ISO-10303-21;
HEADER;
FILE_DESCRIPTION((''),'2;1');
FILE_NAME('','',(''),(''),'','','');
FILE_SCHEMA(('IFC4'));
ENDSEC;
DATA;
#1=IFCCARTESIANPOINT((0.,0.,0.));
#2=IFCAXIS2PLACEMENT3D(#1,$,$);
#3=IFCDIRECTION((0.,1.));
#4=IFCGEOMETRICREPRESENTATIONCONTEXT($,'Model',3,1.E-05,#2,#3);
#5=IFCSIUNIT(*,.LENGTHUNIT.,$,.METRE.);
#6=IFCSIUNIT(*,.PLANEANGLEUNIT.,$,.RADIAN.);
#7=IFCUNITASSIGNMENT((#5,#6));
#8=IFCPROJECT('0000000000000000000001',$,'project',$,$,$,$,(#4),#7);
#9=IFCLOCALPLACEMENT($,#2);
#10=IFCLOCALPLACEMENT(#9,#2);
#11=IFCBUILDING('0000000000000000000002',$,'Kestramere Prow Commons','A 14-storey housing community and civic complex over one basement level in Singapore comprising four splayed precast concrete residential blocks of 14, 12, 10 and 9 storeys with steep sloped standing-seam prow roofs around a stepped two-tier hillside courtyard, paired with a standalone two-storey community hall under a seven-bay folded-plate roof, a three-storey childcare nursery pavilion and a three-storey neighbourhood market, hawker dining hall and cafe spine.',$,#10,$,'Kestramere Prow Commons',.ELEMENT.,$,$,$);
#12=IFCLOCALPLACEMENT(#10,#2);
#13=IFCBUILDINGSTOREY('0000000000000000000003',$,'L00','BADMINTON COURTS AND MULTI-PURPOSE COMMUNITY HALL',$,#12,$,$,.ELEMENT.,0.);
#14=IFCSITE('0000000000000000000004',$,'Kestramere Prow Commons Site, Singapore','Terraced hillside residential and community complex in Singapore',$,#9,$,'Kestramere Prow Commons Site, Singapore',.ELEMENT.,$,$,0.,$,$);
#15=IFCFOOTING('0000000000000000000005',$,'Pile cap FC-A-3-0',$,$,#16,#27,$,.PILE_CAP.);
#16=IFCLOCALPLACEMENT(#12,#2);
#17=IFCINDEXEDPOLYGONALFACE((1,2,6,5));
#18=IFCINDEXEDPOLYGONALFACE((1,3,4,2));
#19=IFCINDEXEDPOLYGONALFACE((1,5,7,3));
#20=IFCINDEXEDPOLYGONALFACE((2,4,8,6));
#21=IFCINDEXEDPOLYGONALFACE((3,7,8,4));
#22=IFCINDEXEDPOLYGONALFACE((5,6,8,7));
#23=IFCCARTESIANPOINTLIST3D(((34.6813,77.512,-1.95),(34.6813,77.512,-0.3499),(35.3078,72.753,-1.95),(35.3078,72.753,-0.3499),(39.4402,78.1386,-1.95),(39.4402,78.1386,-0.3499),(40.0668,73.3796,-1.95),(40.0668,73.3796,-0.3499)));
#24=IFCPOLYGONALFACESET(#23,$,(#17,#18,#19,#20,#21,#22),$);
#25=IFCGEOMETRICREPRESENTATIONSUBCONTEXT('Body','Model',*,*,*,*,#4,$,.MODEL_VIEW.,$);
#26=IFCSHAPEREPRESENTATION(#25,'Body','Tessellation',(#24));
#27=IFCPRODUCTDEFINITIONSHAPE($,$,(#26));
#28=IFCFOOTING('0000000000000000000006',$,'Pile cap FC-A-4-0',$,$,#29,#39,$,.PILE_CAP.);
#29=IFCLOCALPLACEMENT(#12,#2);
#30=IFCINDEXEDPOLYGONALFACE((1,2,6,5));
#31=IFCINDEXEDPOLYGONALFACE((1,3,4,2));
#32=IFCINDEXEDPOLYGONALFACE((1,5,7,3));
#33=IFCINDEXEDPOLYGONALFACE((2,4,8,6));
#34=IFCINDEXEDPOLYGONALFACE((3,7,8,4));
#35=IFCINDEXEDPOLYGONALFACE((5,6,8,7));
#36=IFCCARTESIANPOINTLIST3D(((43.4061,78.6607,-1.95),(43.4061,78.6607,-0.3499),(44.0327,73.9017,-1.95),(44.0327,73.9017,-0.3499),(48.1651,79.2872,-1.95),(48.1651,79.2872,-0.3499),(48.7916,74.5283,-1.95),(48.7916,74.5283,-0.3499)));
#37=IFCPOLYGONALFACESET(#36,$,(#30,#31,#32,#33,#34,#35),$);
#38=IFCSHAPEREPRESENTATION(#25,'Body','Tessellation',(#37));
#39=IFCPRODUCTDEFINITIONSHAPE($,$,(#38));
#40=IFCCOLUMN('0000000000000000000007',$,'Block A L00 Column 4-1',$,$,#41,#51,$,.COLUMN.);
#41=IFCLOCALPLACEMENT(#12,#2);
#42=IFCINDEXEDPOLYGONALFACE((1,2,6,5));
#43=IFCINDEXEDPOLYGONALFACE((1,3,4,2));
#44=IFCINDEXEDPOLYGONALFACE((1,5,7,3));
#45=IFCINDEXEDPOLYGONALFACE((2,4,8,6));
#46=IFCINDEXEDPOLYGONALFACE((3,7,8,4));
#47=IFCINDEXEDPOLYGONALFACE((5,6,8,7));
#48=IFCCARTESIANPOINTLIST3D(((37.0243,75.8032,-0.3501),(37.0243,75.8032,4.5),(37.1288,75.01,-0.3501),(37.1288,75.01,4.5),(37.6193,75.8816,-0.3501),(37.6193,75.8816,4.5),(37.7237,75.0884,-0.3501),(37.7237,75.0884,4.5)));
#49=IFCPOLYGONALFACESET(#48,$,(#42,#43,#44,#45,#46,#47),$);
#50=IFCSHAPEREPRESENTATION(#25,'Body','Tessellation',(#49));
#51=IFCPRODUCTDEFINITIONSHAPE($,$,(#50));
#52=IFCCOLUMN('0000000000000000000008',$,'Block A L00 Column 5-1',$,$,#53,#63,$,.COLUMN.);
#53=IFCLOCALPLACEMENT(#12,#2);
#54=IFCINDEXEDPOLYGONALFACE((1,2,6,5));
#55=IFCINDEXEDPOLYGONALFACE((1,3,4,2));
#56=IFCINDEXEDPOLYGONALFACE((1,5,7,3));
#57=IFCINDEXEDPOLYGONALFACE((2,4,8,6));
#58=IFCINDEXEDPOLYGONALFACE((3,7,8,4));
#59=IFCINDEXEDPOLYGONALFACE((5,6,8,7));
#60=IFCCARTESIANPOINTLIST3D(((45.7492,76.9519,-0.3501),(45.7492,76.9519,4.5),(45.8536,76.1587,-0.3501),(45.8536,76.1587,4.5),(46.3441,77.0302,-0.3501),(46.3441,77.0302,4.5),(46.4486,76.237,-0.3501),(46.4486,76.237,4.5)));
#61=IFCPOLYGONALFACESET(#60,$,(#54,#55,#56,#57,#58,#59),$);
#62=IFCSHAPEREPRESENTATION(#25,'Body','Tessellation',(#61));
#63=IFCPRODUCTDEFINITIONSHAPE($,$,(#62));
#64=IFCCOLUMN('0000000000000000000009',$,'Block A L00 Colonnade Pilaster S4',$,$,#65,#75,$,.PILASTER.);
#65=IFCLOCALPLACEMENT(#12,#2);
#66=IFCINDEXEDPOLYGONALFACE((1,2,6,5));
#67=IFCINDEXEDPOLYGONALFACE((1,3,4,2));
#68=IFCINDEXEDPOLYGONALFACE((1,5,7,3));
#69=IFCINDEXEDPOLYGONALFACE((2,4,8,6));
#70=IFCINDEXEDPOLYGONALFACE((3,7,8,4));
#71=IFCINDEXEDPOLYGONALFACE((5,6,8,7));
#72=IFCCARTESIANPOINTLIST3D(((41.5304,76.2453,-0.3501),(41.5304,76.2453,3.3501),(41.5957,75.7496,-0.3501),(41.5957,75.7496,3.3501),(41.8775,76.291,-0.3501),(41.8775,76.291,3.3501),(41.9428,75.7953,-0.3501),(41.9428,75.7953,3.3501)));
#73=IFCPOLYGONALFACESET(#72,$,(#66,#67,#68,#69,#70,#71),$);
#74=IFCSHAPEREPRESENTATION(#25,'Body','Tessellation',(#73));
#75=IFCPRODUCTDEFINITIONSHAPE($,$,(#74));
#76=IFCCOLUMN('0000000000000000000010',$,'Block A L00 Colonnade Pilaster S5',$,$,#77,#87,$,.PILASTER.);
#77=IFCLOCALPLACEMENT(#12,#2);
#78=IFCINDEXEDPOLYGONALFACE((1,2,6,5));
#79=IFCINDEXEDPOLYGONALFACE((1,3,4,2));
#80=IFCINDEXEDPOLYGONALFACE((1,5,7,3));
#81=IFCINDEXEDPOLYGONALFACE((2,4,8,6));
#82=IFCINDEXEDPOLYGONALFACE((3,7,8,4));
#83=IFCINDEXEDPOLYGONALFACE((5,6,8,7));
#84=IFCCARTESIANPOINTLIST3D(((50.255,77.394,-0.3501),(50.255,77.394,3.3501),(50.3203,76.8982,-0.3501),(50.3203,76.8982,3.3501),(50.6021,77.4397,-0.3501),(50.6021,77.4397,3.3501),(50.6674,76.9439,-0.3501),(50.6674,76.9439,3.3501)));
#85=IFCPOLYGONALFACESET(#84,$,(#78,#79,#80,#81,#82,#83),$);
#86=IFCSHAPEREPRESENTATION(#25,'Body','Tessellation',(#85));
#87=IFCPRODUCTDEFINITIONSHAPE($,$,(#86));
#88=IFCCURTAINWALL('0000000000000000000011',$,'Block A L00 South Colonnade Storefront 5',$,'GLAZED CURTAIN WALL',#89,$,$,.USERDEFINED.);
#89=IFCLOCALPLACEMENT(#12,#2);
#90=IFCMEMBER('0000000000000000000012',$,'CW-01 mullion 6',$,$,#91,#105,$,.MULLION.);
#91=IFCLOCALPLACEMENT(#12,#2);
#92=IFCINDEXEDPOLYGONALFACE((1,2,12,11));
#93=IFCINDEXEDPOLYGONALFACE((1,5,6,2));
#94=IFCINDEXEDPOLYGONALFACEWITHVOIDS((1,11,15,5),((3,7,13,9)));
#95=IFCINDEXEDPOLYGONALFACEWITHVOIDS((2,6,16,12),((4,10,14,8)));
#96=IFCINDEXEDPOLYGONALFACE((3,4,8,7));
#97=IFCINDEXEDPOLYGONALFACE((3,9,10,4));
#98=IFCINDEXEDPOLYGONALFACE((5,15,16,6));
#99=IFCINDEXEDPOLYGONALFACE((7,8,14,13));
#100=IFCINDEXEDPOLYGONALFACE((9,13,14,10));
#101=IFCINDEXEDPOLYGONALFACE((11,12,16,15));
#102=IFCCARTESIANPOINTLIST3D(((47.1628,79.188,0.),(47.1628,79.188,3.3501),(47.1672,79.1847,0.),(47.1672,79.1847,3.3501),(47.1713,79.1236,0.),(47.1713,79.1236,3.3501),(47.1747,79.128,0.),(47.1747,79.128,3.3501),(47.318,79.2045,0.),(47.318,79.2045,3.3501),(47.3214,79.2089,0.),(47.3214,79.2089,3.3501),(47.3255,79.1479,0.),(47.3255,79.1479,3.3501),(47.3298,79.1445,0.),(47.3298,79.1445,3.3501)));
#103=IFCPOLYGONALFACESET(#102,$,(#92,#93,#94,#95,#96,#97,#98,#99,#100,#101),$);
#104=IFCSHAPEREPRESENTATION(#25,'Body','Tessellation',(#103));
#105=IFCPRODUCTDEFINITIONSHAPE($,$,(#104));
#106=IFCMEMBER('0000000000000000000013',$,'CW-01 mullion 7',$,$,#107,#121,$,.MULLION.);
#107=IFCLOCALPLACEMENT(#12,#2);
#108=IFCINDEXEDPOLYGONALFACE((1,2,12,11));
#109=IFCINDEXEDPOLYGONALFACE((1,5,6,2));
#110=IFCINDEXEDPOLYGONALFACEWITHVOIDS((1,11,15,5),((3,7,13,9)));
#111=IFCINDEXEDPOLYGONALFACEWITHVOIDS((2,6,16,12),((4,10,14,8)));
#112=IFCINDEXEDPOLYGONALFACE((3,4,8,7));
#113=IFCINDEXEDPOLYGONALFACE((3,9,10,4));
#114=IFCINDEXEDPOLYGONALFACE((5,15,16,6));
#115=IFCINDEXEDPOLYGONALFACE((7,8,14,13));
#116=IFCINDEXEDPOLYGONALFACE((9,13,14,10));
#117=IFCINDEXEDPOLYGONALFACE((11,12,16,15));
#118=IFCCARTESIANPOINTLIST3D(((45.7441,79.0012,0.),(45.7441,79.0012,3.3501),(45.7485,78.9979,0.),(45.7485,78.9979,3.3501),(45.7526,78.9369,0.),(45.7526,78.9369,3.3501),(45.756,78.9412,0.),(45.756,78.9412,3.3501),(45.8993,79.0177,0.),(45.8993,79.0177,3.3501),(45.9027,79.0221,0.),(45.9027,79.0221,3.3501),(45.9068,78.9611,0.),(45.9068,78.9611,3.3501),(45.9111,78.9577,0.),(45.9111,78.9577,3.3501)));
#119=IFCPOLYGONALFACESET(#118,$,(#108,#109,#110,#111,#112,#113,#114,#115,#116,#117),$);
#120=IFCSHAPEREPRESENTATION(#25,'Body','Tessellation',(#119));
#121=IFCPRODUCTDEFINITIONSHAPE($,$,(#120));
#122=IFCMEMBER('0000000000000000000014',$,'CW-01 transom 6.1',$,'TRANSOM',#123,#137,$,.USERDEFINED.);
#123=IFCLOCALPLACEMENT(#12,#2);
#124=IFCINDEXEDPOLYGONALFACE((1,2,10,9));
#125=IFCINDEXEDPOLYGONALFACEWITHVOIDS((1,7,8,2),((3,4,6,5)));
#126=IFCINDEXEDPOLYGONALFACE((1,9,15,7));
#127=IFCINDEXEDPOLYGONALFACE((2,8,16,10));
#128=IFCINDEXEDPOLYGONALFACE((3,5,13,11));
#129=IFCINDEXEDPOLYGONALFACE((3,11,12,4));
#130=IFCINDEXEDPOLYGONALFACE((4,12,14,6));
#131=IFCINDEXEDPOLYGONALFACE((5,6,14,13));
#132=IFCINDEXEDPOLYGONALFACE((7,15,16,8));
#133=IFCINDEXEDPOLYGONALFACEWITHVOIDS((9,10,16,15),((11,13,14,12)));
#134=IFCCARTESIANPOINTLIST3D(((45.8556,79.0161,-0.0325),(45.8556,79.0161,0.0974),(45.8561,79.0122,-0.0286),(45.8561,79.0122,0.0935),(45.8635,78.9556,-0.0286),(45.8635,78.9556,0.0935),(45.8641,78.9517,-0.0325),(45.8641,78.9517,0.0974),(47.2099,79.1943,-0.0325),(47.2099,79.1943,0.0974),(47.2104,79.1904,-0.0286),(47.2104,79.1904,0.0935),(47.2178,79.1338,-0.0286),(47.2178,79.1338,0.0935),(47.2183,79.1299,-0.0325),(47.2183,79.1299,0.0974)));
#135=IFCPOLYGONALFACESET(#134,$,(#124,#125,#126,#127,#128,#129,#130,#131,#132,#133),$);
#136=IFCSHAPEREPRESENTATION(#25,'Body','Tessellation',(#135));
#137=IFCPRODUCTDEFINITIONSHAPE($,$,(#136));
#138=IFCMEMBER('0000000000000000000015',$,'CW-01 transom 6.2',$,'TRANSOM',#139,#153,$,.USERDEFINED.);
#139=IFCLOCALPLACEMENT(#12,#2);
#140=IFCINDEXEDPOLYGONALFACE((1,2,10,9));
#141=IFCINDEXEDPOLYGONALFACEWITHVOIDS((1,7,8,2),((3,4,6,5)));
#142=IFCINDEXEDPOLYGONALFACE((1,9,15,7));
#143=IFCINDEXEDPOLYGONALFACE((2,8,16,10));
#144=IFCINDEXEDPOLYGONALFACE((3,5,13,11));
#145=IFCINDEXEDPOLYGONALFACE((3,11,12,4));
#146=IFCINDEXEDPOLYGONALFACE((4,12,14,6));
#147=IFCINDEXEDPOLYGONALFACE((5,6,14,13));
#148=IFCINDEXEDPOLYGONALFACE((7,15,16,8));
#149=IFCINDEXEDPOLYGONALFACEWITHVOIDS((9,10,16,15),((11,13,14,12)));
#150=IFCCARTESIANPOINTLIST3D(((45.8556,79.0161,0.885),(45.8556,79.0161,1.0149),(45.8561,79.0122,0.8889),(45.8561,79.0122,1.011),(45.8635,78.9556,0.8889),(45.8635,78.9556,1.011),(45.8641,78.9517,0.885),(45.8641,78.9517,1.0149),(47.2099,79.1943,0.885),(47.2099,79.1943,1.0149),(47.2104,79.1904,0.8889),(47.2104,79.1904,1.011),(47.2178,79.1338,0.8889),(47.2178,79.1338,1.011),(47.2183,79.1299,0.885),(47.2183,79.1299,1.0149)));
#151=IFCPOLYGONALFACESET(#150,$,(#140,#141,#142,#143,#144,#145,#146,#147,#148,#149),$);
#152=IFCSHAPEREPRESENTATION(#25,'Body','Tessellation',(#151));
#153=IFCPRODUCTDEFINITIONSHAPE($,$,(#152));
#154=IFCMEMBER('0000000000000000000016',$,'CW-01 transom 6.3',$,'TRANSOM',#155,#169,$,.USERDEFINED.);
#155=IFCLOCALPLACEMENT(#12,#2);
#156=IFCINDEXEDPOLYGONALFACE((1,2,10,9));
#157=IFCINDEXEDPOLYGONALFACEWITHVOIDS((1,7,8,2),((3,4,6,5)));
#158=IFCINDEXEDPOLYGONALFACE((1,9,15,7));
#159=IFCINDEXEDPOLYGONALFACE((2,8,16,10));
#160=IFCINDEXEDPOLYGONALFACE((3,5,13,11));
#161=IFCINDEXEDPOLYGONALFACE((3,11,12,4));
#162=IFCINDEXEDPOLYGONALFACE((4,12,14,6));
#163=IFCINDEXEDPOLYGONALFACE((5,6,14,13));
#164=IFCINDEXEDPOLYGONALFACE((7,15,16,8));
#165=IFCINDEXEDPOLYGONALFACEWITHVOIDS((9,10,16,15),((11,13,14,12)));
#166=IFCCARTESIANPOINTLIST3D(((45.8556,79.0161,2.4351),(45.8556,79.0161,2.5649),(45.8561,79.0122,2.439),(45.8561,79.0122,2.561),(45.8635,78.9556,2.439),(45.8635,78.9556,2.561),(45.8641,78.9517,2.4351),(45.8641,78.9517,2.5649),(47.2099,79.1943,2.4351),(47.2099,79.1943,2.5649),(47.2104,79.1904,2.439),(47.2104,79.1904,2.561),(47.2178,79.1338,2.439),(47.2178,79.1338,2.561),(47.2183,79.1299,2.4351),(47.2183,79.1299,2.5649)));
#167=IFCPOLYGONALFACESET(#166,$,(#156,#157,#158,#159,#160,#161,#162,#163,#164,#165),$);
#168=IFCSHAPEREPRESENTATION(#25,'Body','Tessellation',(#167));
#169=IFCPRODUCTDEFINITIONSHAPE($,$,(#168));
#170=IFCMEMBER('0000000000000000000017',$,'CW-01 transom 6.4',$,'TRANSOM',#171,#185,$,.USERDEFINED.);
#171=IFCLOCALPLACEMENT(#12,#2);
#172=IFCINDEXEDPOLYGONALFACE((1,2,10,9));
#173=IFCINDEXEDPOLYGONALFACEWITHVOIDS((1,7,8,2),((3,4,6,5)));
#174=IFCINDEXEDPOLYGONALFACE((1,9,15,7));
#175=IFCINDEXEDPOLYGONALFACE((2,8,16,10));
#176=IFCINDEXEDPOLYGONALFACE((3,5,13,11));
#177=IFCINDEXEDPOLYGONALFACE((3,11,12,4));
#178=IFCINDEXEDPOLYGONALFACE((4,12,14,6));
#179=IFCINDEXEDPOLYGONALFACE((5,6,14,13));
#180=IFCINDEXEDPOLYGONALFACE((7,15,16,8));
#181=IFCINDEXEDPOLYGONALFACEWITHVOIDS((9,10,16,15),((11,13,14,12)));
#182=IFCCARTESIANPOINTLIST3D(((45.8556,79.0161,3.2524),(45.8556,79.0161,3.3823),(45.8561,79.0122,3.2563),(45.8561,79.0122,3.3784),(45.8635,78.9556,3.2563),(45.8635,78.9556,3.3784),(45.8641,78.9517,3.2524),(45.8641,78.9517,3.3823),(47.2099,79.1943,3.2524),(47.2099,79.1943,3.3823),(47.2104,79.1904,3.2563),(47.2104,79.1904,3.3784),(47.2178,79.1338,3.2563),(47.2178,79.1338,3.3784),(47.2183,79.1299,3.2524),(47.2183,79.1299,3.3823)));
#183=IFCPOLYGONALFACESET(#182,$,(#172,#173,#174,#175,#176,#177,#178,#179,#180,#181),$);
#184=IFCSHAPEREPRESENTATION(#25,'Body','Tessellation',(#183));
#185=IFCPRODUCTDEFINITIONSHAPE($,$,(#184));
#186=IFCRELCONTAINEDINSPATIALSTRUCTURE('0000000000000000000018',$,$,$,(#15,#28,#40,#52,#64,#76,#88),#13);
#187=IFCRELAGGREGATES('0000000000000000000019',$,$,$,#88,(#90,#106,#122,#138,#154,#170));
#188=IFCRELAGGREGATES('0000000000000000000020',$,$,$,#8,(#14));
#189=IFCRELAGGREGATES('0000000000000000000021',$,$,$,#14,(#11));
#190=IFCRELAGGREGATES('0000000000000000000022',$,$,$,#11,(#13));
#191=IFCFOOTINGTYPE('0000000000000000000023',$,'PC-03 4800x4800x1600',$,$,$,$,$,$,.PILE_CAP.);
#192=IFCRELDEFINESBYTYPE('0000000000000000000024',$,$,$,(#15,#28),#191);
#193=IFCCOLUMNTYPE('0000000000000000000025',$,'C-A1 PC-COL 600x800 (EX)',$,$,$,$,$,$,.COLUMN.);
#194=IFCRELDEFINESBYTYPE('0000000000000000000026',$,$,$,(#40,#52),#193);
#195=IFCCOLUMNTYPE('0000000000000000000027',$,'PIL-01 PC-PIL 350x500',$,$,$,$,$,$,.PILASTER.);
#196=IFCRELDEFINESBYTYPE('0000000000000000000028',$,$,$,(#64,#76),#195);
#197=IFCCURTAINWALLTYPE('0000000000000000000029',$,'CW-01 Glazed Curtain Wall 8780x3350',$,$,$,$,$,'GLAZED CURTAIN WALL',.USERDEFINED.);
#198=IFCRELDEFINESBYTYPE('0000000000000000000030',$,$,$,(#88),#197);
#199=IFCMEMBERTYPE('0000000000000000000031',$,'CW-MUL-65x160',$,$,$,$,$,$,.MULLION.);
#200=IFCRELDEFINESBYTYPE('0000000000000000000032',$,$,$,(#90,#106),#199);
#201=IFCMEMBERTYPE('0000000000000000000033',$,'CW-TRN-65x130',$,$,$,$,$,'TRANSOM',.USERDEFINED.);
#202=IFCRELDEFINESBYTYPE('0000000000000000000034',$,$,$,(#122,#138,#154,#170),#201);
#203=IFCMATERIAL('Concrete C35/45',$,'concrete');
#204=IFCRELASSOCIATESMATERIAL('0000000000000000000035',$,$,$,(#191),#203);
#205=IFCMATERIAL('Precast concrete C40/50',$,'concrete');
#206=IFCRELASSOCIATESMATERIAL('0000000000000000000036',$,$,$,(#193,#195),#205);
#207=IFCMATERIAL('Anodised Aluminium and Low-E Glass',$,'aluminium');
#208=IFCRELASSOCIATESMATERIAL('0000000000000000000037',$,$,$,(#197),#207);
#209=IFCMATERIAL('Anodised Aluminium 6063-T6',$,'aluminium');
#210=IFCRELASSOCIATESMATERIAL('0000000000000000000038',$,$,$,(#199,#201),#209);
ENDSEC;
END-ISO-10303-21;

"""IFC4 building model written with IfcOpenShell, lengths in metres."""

from ifc_helpers import new_model, si_unit, direction, frame, origin, origin_2d, place, context, subcontext, project, spatial, rectangle, hollow_rectangle, extrude, material, material_profile, profile_set, type_object, element, aggregate, save


model = new_model("IFC4")

# Units and contexts
model_context = context("Model", 3, precision=1e-05, world=origin(), true_north=direction((0.0, 1.0)))
body_context = subcontext(model_context, "Body", "Model", "MODEL_VIEW")
ifc_project = project(units=[si_unit("LENGTHUNIT", "METRE"), si_unit("PLANEANGLEUNIT", "RADIAN")], contexts=[model_context])

# Site, building, storey
site_placement = place(None, origin())
site = spatial("IfcSite", under=ifc_project, at=site_placement, Name="Kestramere Prow Commons Site, Singapore", Description="Terraced hillside residential and community complex in Singapore", LongName="Kestramere Prow Commons Site, Singapore", CompositionType="ELEMENT", RefElevation=0.0)
building_placement = place(site_placement, origin())
building = spatial("IfcBuilding", under=site, at=building_placement, Name="Kestramere Prow Commons", Description="A 14-storey housing community and civic complex over one basement level in Singapore comprising four splayed precast concrete residential blocks of 14, 12, 10 and 9 storeys with steep sloped standing-seam prow roofs around a stepped two-tier hillside courtyard, paired with a standalone two-storey community hall under a seven-bay folded-plate roof, a three-storey childcare nursery pavilion and a three-storey neighbourhood market, hawker dining hall and cafe spine.", LongName="Kestramere Prow Commons", CompositionType="ELEMENT")
storey_placement = place(building_placement, origin())
storey = spatial("IfcBuildingStorey", under=building, at=storey_placement, Name="L00", Description="BADMINTON COURTS AND MULTI-PURPOSE COMMUNITY HALL", CompositionType="ELEMENT", Elevation=0.0)

# Shared definitions
ifc_material_1 = material(Name="Concrete C35/45", Category="concrete")

# Footings
footing_type_1 = type_object("IfcFootingType", Name="PC-03 4800x4800x1600", PredefinedType="PILE_CAP", material=ifc_material_1)
for number, where, z_axis, x_axis, name in (
    (1, (37.374, 75.4458, -1.95), (0.0, 0.0, 1.0), (0.991445, 0.130526, 0.0), "Pile cap FC-A-3-0"),
    (2, (46.0989, 76.5945, -1.95), (0.0, 0.0, 1.0), (0.991445, 0.130526, 0.0), "Pile cap FC-A-4-0"),
):
    element("IfcFooting", number, at=place(storey_placement, frame(where, z_axis=z_axis, x_axis=x_axis)), inside=storey, type_object=footing_type_1, Name=name, PredefinedType="PILE_CAP", context=body_context, shape_type="SweptSolid", body=[
        extrude(rectangle(XDim=4.8, YDim=4.8, at=origin_2d()), origin(), (0.0, 0.0, 1.0), 1.6001),
    ])

# Columns
ifc_material_2 = material(Name="Precast concrete C40/50", Category="concrete")
ifc_material_profile_1 = material_profile(ifc_material_2, rectangle(XDim=0.6001, YDim=0.8, at=origin_2d()), Name="PC-COL 600x800")
ifc_profile_set_1 = profile_set([ifc_material_profile_1], Name="Precast concrete C40/50")
column_type_1 = type_object("IfcColumnType", Name="C-A1 PC-COL 600x800 (EX)", PredefinedType="COLUMN", material=ifc_profile_set_1)
for number, where, z_axis, x_axis, name in (
    (3, (37.374, 75.4458, -0.3501), (0.0, 0.0, 1.0), (0.991445, 0.130526, 0.0), "Block A L00 Column 4-1"),
    (4, (46.0989, 76.5945, -0.3501), (0.0, 0.0, 1.0), (0.991445, 0.130526, 0.0), "Block A L00 Column 5-1"),
):
    element("IfcColumn", number, at=place(storey_placement, frame(where, z_axis=z_axis, x_axis=x_axis)), inside=storey, type_object=column_type_1, Name=name, PredefinedType="COLUMN", context=body_context, shape_type="SweptSolid", body=[
        extrude(rectangle(XDim=0.6001, YDim=0.8, at=origin_2d()), origin(), (0.0, 0.0, 1.0), 4.8501),
    ])
ifc_material_profile_2 = material_profile(ifc_material_2, rectangle(XDim=0.3501, YDim=0.5, at=origin_2d()), Name="PC-PIL 350x500")
ifc_profile_set_2 = profile_set([ifc_material_profile_2], Name="Precast concrete C40/50")
column_type_2 = type_object("IfcColumnType", Name="PIL-01 PC-PIL 350x500", PredefinedType="PILASTER", material=ifc_profile_set_2)
for number, where, z_axis, x_axis, name in (
    (5, (41.7366, 76.0203, -0.3501), (0.0, 0.0, 1.0), (0.991445, 0.130526, 0.0), "Block A L00 Colonnade Pilaster S4"),
    (6, (50.4612, 77.1689, -0.3501), (0.0, 0.0, 1.0), (0.991445, 0.130526, 0.0), "Block A L00 Colonnade Pilaster S5"),
):
    element("IfcColumn", number, at=place(storey_placement, frame(where, z_axis=z_axis, x_axis=x_axis)), inside=storey, type_object=column_type_2, Name=name, PredefinedType="PILASTER", context=body_context, shape_type="SweptSolid", body=[
        extrude(rectangle(XDim=0.3501, YDim=0.5, at=origin_2d()), origin(), (0.0, 0.0, 1.0), 3.7002),
    ])

# Curtain wall, members
ifc_material_3 = material(Name="Anodised Aluminium and Low-E Glass", Category="aluminium")
curtain_wall_type = type_object("IfcCurtainWallType", Name="CW-01 Glazed Curtain Wall 8780x3350", ElementType="GLAZED CURTAIN WALL", PredefinedType="USERDEFINED", material=ifc_material_3)
curtain_wall_placement = place(storey_placement, origin())
curtain_wall = element("IfcCurtainWall", 7, at=curtain_wall_placement, inside=storey, type_object=curtain_wall_type, Name="Block A L00 South Colonnade Storefront 5", ObjectType="GLAZED CURTAIN WALL", PredefinedType="USERDEFINED")
ifc_material_4 = material(Name="Anodised Aluminium 6063-T6", Category="aluminium")
ifc_material_profile_3 = material_profile(ifc_material_4, hollow_rectangle(XDim=0.0649, YDim=0.1599, WallThickness=0.0039, at=origin_2d()), Name="ALU-MUL 65x160")
ifc_profile_set_3 = profile_set([ifc_material_profile_3], Name="Anodised Aluminium 6063-T6")
member_type_1 = type_object("IfcMemberType", Name="CW-MUL-65x160", PredefinedType="MULLION", material=ifc_profile_set_3)
member_1_placement = place(storey_placement, frame((47.2463, 79.1663, 0.0), z_axis=(0.0, 0.0, 1.0), x_axis=(0.130526, -0.991445, 0.0)))
member_1 = element("IfcMember", 8, at=member_1_placement, type_object=member_type_1, Name="CW-01 mullion 6", PredefinedType="MULLION", context=body_context, shape_type="SweptSolid", body=[
    extrude(hollow_rectangle(XDim=0.0649, YDim=0.1599, WallThickness=0.0039, at=origin_2d()), origin(), (0.0, 0.0, 1.0), 3.3501),
])
member_2_placement = place(storey_placement, frame((45.8276, 78.9795, 0.0), z_axis=(0.0, 0.0, 1.0), x_axis=(0.130526, -0.991445, 0.0)))
member_2 = element("IfcMember", 9, at=member_2_placement, type_object=member_type_1, Name="CW-01 mullion 7", PredefinedType="MULLION", context=body_context, shape_type="SweptSolid", body=[
    extrude(hollow_rectangle(XDim=0.0649, YDim=0.1599, WallThickness=0.0039, at=origin_2d()), origin(), (0.0, 0.0, 1.0), 3.3501),
])
ifc_material_profile_4 = material_profile(ifc_material_4, hollow_rectangle(XDim=0.0649, YDim=0.1299, WallThickness=0.0039, at=origin_2d()), Name="ALU-TRN 65x130")
ifc_profile_set_4 = profile_set([ifc_material_profile_4], Name="Anodised Aluminium 6063-T6")
member_type_2 = type_object("IfcMemberType", Name="CW-TRN-65x130", ElementType="TRANSOM", PredefinedType="USERDEFINED", material=ifc_profile_set_4)
member_3_placement = place(storey_placement, frame((47.2141, 79.1621, 0.0325), z_axis=(-0.991451, -0.130478, 0.0), x_axis=(0.130478, -0.991451, 0.0)))
member_3 = element("IfcMember", 10, at=member_3_placement, type_object=member_type_2, Name="CW-01 transom 6.1", ObjectType="TRANSOM", PredefinedType="USERDEFINED", context=body_context, shape_type="SweptSolid", body=[
    extrude(hollow_rectangle(XDim=0.0649, YDim=0.1299, WallThickness=0.0039, at=origin_2d()), origin(), (0.0, 0.0, 1.0), 1.366),
])
member_4_placement = place(storey_placement, frame((47.2141, 79.1621, 0.95), z_axis=(-0.991451, -0.130478, 0.0), x_axis=(0.130478, -0.991451, 0.0)))
member_4 = element("IfcMember", 11, at=member_4_placement, type_object=member_type_2, Name="CW-01 transom 6.2", ObjectType="TRANSOM", PredefinedType="USERDEFINED", context=body_context, shape_type="SweptSolid", body=[
    extrude(hollow_rectangle(XDim=0.0649, YDim=0.1299, WallThickness=0.0039, at=origin_2d()), origin(), (0.0, 0.0, 1.0), 1.366),
])
member_5_placement = place(storey_placement, frame((47.2141, 79.1621, 2.5), z_axis=(-0.991451, -0.130478, 0.0), x_axis=(0.130478, -0.991451, 0.0)))
member_5 = element("IfcMember", 12, at=member_5_placement, type_object=member_type_2, Name="CW-01 transom 6.3", ObjectType="TRANSOM", PredefinedType="USERDEFINED", context=body_context, shape_type="SweptSolid", body=[
    extrude(hollow_rectangle(XDim=0.0649, YDim=0.1299, WallThickness=0.0039, at=origin_2d()), origin(), (0.0, 0.0, 1.0), 1.366),
])
member_6_placement = place(storey_placement, frame((47.2141, 79.1621, 3.3174), z_axis=(-0.991451, -0.130478, 0.0), x_axis=(0.130478, -0.991451, 0.0)))
member_6 = element("IfcMember", 13, at=member_6_placement, type_object=member_type_2, Name="CW-01 transom 6.4", ObjectType="TRANSOM", PredefinedType="USERDEFINED", context=body_context, shape_type="SweptSolid", body=[
    extrude(hollow_rectangle(XDim=0.0649, YDim=0.1299, WallThickness=0.0039, at=origin_2d()), origin(), (0.0, 0.0, 1.0), 1.366),
])

aggregate(curtain_wall, [member_1, member_2, member_3, member_4, member_5, member_6])

save(model, "model.ifc")
